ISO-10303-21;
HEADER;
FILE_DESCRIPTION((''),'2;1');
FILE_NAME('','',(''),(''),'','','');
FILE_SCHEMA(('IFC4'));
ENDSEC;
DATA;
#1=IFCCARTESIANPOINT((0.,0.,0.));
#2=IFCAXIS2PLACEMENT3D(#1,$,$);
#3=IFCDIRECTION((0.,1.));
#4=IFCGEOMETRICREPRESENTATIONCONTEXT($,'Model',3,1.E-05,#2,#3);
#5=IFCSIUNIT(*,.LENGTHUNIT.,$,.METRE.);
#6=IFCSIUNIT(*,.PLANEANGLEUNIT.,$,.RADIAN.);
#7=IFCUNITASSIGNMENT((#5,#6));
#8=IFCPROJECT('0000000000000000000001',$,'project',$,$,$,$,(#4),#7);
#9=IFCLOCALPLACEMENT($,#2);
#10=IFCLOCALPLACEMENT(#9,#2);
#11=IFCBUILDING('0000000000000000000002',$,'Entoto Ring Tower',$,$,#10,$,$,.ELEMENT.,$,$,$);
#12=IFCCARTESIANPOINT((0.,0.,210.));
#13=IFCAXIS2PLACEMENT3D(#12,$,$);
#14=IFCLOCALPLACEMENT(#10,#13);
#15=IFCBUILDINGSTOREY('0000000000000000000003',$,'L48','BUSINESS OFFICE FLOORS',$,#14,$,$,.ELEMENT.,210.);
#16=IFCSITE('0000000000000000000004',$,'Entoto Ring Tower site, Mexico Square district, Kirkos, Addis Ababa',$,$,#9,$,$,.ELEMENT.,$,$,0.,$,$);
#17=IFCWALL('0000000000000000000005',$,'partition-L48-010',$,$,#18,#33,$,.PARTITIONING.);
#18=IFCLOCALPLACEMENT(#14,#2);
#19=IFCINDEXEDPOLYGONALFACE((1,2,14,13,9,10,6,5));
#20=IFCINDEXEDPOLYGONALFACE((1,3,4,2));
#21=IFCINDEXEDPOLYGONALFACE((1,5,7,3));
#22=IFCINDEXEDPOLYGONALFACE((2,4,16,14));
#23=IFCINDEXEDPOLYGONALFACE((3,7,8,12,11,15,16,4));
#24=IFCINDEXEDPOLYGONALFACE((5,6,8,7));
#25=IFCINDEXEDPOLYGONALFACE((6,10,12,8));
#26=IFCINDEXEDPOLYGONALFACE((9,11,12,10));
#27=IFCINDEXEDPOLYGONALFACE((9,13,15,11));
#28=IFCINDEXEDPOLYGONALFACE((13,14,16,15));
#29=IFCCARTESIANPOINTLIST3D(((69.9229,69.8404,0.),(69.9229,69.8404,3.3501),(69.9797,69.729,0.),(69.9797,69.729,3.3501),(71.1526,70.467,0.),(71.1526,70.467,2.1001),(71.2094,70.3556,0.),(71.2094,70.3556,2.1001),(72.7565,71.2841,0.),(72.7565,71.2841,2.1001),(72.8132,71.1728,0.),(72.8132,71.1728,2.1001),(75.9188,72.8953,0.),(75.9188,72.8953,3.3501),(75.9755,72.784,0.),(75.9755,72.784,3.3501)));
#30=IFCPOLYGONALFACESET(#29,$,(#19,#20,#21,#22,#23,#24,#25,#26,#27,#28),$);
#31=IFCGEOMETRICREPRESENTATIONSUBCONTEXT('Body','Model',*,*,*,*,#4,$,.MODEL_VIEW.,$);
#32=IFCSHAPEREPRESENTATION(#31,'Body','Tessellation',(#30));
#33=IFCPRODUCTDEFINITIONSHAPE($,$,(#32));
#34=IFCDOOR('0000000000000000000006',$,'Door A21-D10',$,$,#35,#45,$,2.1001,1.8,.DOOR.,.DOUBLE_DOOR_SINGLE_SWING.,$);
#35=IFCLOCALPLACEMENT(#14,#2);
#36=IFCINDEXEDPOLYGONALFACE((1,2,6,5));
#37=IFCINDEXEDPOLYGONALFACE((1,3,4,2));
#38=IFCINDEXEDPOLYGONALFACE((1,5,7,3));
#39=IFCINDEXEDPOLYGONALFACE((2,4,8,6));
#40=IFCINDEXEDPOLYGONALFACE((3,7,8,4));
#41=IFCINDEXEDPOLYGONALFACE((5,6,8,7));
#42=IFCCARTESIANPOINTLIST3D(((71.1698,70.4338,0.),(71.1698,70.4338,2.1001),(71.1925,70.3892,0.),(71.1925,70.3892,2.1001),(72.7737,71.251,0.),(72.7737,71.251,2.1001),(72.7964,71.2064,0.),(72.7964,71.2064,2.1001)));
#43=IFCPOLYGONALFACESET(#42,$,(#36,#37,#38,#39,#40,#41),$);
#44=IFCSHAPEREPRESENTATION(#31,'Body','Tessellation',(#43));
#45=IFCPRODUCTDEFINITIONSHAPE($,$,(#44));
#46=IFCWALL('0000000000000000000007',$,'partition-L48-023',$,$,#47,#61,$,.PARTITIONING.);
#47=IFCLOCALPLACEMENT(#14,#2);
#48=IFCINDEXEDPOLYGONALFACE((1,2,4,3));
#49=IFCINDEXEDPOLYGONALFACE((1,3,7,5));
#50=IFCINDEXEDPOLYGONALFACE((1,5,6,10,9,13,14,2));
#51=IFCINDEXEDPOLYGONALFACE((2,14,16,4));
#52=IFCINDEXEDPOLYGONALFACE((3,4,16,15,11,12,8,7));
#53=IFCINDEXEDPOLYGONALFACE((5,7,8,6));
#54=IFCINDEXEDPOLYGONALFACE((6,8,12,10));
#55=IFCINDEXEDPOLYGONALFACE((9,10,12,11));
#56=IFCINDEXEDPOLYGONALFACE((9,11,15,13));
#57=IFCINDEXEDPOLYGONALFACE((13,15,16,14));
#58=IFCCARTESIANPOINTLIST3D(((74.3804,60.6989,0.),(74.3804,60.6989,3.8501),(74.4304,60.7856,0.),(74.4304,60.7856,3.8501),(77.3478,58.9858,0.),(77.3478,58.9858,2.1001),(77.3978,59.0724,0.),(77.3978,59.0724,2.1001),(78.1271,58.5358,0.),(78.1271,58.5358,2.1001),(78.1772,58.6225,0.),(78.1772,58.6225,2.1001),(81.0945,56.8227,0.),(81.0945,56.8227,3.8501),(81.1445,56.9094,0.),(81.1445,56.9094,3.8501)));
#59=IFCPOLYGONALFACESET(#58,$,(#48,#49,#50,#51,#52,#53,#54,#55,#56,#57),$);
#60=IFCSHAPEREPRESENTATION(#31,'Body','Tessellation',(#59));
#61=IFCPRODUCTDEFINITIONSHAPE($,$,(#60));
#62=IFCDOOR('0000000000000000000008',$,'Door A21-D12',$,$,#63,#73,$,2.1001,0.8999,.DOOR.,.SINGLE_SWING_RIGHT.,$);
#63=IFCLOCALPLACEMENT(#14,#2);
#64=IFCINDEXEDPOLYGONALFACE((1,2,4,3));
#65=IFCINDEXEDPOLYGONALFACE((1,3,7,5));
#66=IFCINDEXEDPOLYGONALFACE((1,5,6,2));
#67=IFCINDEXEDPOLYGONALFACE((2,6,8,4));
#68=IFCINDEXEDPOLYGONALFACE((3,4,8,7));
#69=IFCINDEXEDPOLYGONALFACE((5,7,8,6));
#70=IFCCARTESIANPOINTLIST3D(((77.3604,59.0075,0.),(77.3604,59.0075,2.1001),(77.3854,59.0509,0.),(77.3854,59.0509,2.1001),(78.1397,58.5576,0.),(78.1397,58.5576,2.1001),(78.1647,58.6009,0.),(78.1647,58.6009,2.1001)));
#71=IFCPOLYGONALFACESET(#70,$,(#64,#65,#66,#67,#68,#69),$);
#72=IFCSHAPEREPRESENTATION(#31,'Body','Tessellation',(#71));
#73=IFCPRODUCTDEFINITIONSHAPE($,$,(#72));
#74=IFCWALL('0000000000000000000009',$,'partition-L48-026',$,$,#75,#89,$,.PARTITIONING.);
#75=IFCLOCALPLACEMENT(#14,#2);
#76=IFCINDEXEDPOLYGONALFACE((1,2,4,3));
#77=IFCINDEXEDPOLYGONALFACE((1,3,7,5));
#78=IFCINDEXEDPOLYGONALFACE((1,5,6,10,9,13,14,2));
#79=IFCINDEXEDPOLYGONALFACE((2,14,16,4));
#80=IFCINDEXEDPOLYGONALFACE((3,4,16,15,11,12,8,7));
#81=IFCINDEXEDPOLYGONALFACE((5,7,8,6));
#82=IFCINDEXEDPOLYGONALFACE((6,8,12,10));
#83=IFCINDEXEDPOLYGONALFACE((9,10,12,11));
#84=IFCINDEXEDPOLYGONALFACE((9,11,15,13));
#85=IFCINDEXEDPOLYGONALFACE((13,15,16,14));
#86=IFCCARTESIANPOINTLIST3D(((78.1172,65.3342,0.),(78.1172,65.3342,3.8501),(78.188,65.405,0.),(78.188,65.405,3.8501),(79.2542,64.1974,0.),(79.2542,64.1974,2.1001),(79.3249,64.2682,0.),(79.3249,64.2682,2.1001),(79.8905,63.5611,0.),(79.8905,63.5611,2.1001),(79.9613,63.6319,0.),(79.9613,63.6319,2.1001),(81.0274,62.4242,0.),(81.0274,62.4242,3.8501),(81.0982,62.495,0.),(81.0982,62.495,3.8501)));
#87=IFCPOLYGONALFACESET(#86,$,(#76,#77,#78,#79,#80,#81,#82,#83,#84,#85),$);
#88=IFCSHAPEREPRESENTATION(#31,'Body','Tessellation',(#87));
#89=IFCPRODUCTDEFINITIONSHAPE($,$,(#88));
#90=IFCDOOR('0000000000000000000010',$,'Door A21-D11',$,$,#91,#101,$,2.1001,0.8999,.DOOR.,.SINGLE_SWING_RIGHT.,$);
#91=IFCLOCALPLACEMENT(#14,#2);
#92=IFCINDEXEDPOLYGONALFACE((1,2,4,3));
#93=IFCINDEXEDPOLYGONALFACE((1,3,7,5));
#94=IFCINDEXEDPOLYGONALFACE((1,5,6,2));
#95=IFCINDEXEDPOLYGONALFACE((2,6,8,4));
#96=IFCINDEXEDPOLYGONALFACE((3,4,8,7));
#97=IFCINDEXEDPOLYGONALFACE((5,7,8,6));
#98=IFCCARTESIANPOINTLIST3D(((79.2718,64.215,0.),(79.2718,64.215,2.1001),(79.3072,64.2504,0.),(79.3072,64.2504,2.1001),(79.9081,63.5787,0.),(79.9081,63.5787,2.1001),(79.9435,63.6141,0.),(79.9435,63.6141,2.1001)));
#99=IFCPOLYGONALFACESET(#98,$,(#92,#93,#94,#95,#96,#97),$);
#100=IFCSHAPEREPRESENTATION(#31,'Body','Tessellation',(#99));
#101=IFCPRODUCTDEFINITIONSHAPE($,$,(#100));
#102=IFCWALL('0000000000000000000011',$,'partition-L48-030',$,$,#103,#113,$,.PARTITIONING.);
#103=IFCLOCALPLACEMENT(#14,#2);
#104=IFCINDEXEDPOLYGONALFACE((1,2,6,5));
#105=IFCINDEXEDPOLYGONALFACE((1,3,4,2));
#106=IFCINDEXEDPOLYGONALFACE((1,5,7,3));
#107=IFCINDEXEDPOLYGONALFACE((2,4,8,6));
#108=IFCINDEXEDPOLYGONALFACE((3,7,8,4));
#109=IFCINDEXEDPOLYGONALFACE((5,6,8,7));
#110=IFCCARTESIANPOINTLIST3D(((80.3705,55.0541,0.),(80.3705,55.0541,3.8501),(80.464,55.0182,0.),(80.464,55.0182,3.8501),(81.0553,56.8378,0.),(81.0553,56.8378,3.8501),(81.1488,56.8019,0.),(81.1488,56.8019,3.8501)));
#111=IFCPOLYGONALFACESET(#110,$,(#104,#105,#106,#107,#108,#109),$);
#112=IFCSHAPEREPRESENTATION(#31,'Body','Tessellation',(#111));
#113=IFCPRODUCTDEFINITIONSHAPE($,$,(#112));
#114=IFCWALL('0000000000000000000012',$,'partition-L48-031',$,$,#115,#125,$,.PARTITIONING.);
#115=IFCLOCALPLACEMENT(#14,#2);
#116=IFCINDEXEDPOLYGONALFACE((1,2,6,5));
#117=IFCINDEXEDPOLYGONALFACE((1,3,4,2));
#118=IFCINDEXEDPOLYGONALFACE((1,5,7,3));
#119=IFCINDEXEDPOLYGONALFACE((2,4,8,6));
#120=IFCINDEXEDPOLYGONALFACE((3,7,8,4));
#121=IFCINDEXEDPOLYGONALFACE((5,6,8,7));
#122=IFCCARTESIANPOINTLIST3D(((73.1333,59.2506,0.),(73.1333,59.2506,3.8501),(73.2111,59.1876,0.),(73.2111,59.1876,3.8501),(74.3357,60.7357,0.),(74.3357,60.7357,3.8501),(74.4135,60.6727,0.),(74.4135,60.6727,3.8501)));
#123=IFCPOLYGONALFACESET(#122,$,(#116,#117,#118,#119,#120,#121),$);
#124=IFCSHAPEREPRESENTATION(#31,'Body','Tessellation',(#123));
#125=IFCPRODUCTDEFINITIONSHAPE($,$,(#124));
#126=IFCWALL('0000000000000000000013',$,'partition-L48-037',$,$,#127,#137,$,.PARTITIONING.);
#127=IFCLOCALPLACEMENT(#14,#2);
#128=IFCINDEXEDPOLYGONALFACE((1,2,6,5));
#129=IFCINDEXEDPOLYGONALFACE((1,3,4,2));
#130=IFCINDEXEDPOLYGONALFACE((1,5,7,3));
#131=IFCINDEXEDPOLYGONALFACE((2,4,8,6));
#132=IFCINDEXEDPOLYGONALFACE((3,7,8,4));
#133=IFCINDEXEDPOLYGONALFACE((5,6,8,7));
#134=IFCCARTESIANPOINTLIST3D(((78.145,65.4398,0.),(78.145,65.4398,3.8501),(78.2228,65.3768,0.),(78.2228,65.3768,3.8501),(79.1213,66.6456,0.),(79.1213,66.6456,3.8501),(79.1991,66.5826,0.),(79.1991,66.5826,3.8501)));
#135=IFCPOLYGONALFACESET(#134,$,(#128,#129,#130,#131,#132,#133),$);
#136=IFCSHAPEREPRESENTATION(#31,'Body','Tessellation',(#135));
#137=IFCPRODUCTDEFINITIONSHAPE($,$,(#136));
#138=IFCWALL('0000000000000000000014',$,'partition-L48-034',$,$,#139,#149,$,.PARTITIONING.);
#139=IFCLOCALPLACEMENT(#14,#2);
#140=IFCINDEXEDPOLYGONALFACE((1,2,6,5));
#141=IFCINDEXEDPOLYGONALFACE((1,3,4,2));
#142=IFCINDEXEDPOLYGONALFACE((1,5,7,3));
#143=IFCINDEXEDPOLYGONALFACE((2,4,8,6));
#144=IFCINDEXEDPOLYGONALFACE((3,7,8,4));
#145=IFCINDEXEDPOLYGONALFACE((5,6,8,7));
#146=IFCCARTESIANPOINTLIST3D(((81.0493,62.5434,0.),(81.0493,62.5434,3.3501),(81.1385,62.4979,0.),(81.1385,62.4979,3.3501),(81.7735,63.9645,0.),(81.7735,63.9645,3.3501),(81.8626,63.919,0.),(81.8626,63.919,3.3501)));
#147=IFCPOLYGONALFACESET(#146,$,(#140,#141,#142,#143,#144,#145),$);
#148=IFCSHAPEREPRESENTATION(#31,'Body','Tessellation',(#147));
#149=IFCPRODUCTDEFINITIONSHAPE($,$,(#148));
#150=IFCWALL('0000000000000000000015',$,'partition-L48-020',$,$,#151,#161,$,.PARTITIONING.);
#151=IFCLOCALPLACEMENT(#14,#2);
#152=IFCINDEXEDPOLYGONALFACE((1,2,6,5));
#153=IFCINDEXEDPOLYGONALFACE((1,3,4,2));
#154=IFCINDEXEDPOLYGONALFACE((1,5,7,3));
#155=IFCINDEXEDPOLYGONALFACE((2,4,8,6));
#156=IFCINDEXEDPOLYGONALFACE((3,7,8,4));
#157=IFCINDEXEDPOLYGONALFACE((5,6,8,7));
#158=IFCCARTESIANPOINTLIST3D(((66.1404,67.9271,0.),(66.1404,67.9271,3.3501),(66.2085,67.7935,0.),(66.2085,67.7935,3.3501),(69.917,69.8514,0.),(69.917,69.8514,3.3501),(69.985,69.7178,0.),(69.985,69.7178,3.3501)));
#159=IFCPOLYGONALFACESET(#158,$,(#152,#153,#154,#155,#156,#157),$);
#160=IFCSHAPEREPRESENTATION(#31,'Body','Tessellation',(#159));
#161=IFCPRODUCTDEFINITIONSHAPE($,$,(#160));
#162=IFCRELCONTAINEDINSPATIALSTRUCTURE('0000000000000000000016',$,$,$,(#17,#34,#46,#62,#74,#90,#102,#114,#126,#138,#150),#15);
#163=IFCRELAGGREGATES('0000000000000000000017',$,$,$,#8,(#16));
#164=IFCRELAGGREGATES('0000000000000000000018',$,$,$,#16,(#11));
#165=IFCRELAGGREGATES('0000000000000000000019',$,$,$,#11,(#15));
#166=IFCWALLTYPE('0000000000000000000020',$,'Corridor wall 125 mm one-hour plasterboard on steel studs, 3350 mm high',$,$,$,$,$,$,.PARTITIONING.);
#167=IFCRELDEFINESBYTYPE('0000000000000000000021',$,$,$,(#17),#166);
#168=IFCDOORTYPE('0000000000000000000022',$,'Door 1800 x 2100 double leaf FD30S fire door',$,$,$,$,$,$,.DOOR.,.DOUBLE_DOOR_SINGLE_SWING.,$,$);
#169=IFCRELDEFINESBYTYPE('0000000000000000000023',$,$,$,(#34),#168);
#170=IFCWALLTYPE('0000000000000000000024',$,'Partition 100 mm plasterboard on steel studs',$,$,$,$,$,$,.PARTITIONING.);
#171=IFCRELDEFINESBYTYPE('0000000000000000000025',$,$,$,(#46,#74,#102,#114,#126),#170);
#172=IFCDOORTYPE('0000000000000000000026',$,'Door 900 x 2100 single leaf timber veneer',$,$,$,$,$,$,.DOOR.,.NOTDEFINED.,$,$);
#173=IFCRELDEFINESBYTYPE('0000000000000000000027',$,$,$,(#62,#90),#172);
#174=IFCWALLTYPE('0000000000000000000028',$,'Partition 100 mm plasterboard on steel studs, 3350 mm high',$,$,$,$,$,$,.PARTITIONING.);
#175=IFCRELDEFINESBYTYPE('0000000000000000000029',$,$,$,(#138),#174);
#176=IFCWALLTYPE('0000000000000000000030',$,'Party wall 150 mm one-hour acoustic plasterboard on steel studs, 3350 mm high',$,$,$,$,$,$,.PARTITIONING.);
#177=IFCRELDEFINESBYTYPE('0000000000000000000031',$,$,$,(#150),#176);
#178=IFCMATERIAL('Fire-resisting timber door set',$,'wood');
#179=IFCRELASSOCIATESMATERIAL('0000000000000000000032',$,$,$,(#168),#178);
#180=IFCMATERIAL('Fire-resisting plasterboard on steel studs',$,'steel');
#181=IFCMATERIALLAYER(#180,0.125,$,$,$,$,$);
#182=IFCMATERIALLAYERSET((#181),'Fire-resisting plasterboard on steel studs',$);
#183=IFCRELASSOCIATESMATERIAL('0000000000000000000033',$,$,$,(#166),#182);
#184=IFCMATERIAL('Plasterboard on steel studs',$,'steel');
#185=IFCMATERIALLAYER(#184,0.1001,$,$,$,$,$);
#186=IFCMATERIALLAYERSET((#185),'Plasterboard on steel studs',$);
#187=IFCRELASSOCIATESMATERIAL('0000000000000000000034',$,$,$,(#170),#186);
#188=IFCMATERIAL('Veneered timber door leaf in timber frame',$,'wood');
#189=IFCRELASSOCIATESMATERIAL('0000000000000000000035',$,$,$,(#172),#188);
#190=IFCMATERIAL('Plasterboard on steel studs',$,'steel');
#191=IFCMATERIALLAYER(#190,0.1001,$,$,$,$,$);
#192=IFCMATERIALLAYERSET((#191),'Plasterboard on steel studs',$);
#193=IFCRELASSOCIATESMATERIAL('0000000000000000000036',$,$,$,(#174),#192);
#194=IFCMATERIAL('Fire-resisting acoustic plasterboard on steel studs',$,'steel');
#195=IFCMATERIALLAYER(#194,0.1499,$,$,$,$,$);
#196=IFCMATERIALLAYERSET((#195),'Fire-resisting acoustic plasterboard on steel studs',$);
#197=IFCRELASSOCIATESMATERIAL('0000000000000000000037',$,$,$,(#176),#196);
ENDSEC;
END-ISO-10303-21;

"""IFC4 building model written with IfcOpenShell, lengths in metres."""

from ifc_helpers import new_model, si_unit, direction, frame, frame_2d, origin, place, context, subcontext, project, spatial, rectangle, extrude, material, layer, layer_set, type_object, element, fill, save


model = new_model("IFC4")

# Units and contexts
model_context = context("Model", 3, precision=1e-05, world=origin(), true_north=direction((0.0, 1.0)))
body_context = subcontext(model_context, "Body", "Model", "MODEL_VIEW")
ifc_project = project(units=[si_unit("LENGTHUNIT", "METRE"), si_unit("PLANEANGLEUNIT", "RADIAN")], contexts=[model_context])

# Site, building, storey
site_placement = place(None, origin())
site = spatial("IfcSite", under=ifc_project, at=site_placement, Name="Entoto Ring Tower site, Mexico Square district, Kirkos, Addis Ababa", CompositionType="ELEMENT", RefElevation=0.0)
building_placement = place(site_placement, origin())
building = spatial("IfcBuilding", under=site, at=building_placement, Name="Entoto Ring Tower", CompositionType="ELEMENT")
storey_placement = place(building_placement, frame((0.0, 0.0, 210.0)))
storey = spatial("IfcBuildingStorey", under=building, at=storey_placement, Name="L48", Description="BUSINESS OFFICE FLOORS", CompositionType="ELEMENT", Elevation=210.0)

# Shared definitions
ifc_material_1 = material(Name="Fire-resisting timber door set", Category="wood")
door_type_1 = type_object("IfcDoorType", Name="Door 1800 x 2100 double leaf FD30S fire door", OperationType="DOUBLE_DOOR_SINGLE_SWING", PredefinedType="DOOR", material=ifc_material_1)

# Walls, openings, doors
ifc_material_2 = material(Name="Fire-resisting plasterboard on steel studs", Category="steel")
ifc_layer_1 = layer(ifc_material_2, 0.125)
ifc_layer_set_1 = layer_set([ifc_layer_1], Name="Fire-resisting plasterboard on steel studs")
wall_type_1 = type_object("IfcWallType", Name="Corridor wall 125 mm one-hour plasterboard on steel studs, 3350 mm high", PredefinedType="PARTITIONING", material=ifc_layer_set_1)
wall_1_placement = place(storey_placement, frame((69.9512, 69.7847, 0.0), z_axis=(0.0, 0.0, 1.0), x_axis=(0.891013, 0.453978, 0.0)))
wall_1 = element("IfcWall", 1, at=wall_1_placement, inside=storey, type_object=wall_type_1, Name="partition-L48-010", PredefinedType="PARTITIONING", context=body_context, shape_type="SweptSolid", body=[
    extrude(rectangle(XDim=6.7292, YDim=0.125, at=frame_2d((3.3647, 0.0))), origin(), (0.0, 0.0, 1.0), 3.3501),
])
opening_1_placement = place(wall_1_placement, frame((1.3804, 0.0, 0.0)))
opening_1 = element("IfcOpeningElement", 2, at=opening_1_placement, cuts=wall_1, PredefinedType="OPENING", context=body_context, shape_type="SweptSolid", body=[
    extrude(rectangle(XDim=1.8, YDim=2.1001, at=frame_2d((0.8999, 1.05))), frame((0.0, 0.0725, 0.0), z_axis=(0.0, -1.0, 0.0), x_axis=(1.0, 0.0, 0.0)), (0.0, 0.0, 1.0), 0.145),
])
door_1_placement = place(opening_1_placement, frame((1.8, 0.0, 0.0), z_axis=(0.0, 0.0, 1.0), x_axis=(-1.0, 0.0, 0.0)))
door_1 = element("IfcDoor", 3, at=door_1_placement, inside=storey, type_object=door_type_1, Name="Door A21-D10", OperationType="DOUBLE_DOOR_SINGLE_SWING", OverallHeight=2.1001, OverallWidth=1.8, PredefinedType="DOOR", context=body_context, shape_type="SweptSolid", body=[
    extrude(rectangle(XDim=1.8, YDim=2.1001, at=frame_2d((0.8999, 1.05))), frame((0.0, 0.0249, 0.0), z_axis=(0.0, -1.0, 0.0), x_axis=(1.0, 0.0, 0.0)), (0.0, 0.0, 1.0), 0.05),
])
fill(opening_1, door_1)
ifc_material_3 = material(Name="Plasterboard on steel studs", Category="steel")
ifc_layer_2 = layer(ifc_material_3, 0.1001)
ifc_layer_set_2 = layer_set([ifc_layer_2], Name="Plasterboard on steel studs")
wall_type_2 = type_object("IfcWallType", Name="Partition 100 mm plasterboard on steel studs", PredefinedType="PARTITIONING", material=ifc_layer_set_2)
wall_2_placement = place(storey_placement, frame((81.1196, 56.866, 0.0), z_axis=(0.0, 0.0, 1.0), x_axis=(-0.866035, 0.499983, 0.0)))
wall_2 = element("IfcWall", 4, at=wall_2_placement, inside=storey, type_object=wall_type_2, Name="partition-L48-023", PredefinedType="PARTITIONING", context=body_context, shape_type="SweptSolid", body=[
    extrude(rectangle(XDim=7.7527, YDim=0.1001, at=frame_2d((3.8765, 0.0))), origin(), (0.0, 0.0, 1.0), 3.8501),
])
opening_2_placement = place(wall_2_placement, frame((3.4265, 0.0, 0.0)))
opening_2 = element("IfcOpeningElement", 5, at=opening_2_placement, cuts=wall_2, PredefinedType="OPENING", context=body_context, shape_type="SweptSolid", body=[
    extrude(rectangle(XDim=0.8999, YDim=2.1001, at=frame_2d((0.45, 1.05))), frame((0.0, 0.0601, 0.0), z_axis=(0.0, -1.0, 0.0), x_axis=(1.0, 0.0, 0.0)), (0.0, 0.0, 1.0), 0.1201),
])
ifc_material_4 = material(Name="Veneered timber door leaf in timber frame", Category="wood")
door_type_2 = type_object("IfcDoorType", Name="Door 900 x 2100 single leaf timber veneer", OperationType="NOTDEFINED", PredefinedType="DOOR", material=ifc_material_4)
door_2_placement = place(opening_2_placement, origin())
door_2 = element("IfcDoor", 6, at=door_2_placement, inside=storey, type_object=door_type_2, Name="Door A21-D12", OperationType="SINGLE_SWING_RIGHT", OverallHeight=2.1001, OverallWidth=0.8999, PredefinedType="DOOR", context=body_context, shape_type="SweptSolid", body=[
    extrude(rectangle(XDim=0.8999, YDim=2.1001, at=frame_2d((0.45, 1.05))), frame((0.0, 0.0249, 0.0), z_axis=(0.0, -1.0, 0.0), x_axis=(1.0, 0.0, 0.0)), (0.0, 0.0, 1.0), 0.05),
])
fill(opening_2, door_2)
wall_3_placement = place(storey_placement, frame((81.0627, 62.4597, 0.0), z_axis=(0.0, 0.0, 1.0), x_axis=(-0.707136, 0.707077, 0.0)))
wall_3 = element("IfcWall", 7, at=wall_3_placement, inside=storey, type_object=wall_type_2, Name="partition-L48-026", PredefinedType="PARTITIONING", context=body_context, shape_type="SweptSolid", body=[
    extrude(rectangle(XDim=4.1155, YDim=0.1001, at=frame_2d((2.0576, 0.0))), origin(), (0.0, 0.0, 1.0), 3.8501),
])
opening_3_placement = place(wall_3_placement, frame((1.6077, 0.0, 0.0)))
opening_3 = element("IfcOpeningElement", 8, at=opening_3_placement, cuts=wall_3, PredefinedType="OPENING", context=body_context, shape_type="SweptSolid", body=[
    extrude(rectangle(XDim=0.8999, YDim=2.1001, at=frame_2d((0.45, 1.05))), frame((0.0, 0.0601, 0.0), z_axis=(0.0, -1.0, 0.0), x_axis=(1.0, 0.0, 0.0)), (0.0, 0.0, 1.0), 0.1201),
])
door_3_placement = place(opening_3_placement, frame((0.8999, 0.0, 0.0), z_axis=(0.0, 0.0, 1.0), x_axis=(-1.0, 0.0, 0.0)))
door_3 = element("IfcDoor", 9, at=door_3_placement, inside=storey, type_object=door_type_2, Name="Door A21-D11", OperationType="SINGLE_SWING_RIGHT", OverallHeight=2.1001, OverallWidth=0.8999, PredefinedType="DOOR", context=body_context, shape_type="SweptSolid", body=[
    extrude(rectangle(XDim=0.8999, YDim=2.1001, at=frame_2d((0.45, 1.05))), frame((0.0, 0.0249, 0.0), z_axis=(0.0, -1.0, 0.0), x_axis=(1.0, 0.0, 0.0)), (0.0, 0.0, 1.0), 0.05),
])
fill(opening_3, door_3)

# Walls
wall_4_placement = place(storey_placement, frame((80.4172, 55.0361, 0.0), z_axis=(0.0, 0.0, 1.0), x_axis=(0.358422, 0.93356, 0.0)))
element("IfcWall", 10, at=wall_4_placement, inside=storey, type_object=wall_type_2, Name="partition-L48-030", PredefinedType="PARTITIONING", context=body_context, shape_type="SweptSolid", body=[
    extrude(rectangle(XDim=1.9106, YDim=0.1001, at=frame_2d((0.9553, 0.0))), origin(), (0.0, 0.0, 1.0), 3.8501),
])
wall_5_placement = place(storey_placement, frame((73.1721, 59.219, 0.0), z_axis=(0.0, 0.0, 1.0), x_axis=(0.62925, 0.777203, 0.0)))
element("IfcWall", 11, at=wall_5_placement, inside=storey, type_object=wall_type_2, Name="partition-L48-031", PredefinedType="PARTITIONING", context=body_context, shape_type="SweptSolid", body=[
    extrude(rectangle(XDim=1.9109, YDim=0.1001, at=frame_2d((0.9556, 0.0))), origin(), (0.0, 0.0, 1.0), 3.8501),
])
wall_6_placement = place(storey_placement, frame((78.1838, 65.4082, 0.0), z_axis=(0.0, 0.0, 1.0), x_axis=(0.629271, 0.777186, 0.0)))
element("IfcWall", 12, at=wall_6_placement, inside=storey, type_object=wall_type_2, Name="partition-L48-037", PredefinedType="PARTITIONING", context=body_context, shape_type="SweptSolid", body=[
    extrude(rectangle(XDim=1.5515, YDim=0.1001, at=frame_2d((0.7759, 0.0))), origin(), (0.0, 0.0, 1.0), 3.8501),
])
ifc_material_5 = material(Name="Plasterboard on steel studs", Category="steel")
ifc_layer_3 = layer(ifc_material_5, 0.1001)
ifc_layer_set_3 = layer_set([ifc_layer_3], Name="Plasterboard on steel studs")
wall_type_3 = type_object("IfcWallType", Name="Partition 100 mm plasterboard on steel studs, 3350 mm high", PredefinedType="PARTITIONING", material=ifc_layer_set_3)
wall_7_placement = place(storey_placement, frame((81.094, 62.5208, 0.0), z_axis=(0.0, 0.0, 1.0), x_axis=(0.453997, 0.891003, 0.0)))
element("IfcWall", 13, at=wall_7_placement, inside=storey, type_object=wall_type_3, Name="partition-L48-034", PredefinedType="PARTITIONING", context=body_context, shape_type="SweptSolid", body=[
    extrude(rectangle(XDim=1.595, YDim=0.1001, at=frame_2d((0.7974, 0.0))), origin(), (0.0, 0.0, 1.0), 3.3501),
])
ifc_material_6 = material(Name="Fire-resisting acoustic plasterboard on steel studs", Category="steel")
ifc_layer_4 = layer(ifc_material_6, 0.1499)
ifc_layer_set_4 = layer_set([ifc_layer_4], Name="Fire-resisting acoustic plasterboard on steel studs")
wall_type_4 = type_object("IfcWallType", Name="Party wall 150 mm one-hour acoustic plasterboard on steel studs, 3350 mm high", PredefinedType="PARTITIONING", material=ifc_layer_set_4)
wall_8_placement = place(storey_placement, frame((66.1746, 67.8604, 0.0), z_axis=(0.0, 0.0, 1.0), x_axis=(0.891003, 0.453997, 0.0)))
element("IfcWall", 14, at=wall_8_placement, inside=storey, type_object=wall_type_4, Name="partition-L48-020", PredefinedType="PARTITIONING", context=body_context, shape_type="SweptSolid", body=[
    extrude(rectangle(XDim=4.2385, YDim=0.1499, at=frame_2d((2.1191, 0.0))), origin(), (0.0, 0.0, 1.0), 3.3501),
])

save(model, "model.ifc")
